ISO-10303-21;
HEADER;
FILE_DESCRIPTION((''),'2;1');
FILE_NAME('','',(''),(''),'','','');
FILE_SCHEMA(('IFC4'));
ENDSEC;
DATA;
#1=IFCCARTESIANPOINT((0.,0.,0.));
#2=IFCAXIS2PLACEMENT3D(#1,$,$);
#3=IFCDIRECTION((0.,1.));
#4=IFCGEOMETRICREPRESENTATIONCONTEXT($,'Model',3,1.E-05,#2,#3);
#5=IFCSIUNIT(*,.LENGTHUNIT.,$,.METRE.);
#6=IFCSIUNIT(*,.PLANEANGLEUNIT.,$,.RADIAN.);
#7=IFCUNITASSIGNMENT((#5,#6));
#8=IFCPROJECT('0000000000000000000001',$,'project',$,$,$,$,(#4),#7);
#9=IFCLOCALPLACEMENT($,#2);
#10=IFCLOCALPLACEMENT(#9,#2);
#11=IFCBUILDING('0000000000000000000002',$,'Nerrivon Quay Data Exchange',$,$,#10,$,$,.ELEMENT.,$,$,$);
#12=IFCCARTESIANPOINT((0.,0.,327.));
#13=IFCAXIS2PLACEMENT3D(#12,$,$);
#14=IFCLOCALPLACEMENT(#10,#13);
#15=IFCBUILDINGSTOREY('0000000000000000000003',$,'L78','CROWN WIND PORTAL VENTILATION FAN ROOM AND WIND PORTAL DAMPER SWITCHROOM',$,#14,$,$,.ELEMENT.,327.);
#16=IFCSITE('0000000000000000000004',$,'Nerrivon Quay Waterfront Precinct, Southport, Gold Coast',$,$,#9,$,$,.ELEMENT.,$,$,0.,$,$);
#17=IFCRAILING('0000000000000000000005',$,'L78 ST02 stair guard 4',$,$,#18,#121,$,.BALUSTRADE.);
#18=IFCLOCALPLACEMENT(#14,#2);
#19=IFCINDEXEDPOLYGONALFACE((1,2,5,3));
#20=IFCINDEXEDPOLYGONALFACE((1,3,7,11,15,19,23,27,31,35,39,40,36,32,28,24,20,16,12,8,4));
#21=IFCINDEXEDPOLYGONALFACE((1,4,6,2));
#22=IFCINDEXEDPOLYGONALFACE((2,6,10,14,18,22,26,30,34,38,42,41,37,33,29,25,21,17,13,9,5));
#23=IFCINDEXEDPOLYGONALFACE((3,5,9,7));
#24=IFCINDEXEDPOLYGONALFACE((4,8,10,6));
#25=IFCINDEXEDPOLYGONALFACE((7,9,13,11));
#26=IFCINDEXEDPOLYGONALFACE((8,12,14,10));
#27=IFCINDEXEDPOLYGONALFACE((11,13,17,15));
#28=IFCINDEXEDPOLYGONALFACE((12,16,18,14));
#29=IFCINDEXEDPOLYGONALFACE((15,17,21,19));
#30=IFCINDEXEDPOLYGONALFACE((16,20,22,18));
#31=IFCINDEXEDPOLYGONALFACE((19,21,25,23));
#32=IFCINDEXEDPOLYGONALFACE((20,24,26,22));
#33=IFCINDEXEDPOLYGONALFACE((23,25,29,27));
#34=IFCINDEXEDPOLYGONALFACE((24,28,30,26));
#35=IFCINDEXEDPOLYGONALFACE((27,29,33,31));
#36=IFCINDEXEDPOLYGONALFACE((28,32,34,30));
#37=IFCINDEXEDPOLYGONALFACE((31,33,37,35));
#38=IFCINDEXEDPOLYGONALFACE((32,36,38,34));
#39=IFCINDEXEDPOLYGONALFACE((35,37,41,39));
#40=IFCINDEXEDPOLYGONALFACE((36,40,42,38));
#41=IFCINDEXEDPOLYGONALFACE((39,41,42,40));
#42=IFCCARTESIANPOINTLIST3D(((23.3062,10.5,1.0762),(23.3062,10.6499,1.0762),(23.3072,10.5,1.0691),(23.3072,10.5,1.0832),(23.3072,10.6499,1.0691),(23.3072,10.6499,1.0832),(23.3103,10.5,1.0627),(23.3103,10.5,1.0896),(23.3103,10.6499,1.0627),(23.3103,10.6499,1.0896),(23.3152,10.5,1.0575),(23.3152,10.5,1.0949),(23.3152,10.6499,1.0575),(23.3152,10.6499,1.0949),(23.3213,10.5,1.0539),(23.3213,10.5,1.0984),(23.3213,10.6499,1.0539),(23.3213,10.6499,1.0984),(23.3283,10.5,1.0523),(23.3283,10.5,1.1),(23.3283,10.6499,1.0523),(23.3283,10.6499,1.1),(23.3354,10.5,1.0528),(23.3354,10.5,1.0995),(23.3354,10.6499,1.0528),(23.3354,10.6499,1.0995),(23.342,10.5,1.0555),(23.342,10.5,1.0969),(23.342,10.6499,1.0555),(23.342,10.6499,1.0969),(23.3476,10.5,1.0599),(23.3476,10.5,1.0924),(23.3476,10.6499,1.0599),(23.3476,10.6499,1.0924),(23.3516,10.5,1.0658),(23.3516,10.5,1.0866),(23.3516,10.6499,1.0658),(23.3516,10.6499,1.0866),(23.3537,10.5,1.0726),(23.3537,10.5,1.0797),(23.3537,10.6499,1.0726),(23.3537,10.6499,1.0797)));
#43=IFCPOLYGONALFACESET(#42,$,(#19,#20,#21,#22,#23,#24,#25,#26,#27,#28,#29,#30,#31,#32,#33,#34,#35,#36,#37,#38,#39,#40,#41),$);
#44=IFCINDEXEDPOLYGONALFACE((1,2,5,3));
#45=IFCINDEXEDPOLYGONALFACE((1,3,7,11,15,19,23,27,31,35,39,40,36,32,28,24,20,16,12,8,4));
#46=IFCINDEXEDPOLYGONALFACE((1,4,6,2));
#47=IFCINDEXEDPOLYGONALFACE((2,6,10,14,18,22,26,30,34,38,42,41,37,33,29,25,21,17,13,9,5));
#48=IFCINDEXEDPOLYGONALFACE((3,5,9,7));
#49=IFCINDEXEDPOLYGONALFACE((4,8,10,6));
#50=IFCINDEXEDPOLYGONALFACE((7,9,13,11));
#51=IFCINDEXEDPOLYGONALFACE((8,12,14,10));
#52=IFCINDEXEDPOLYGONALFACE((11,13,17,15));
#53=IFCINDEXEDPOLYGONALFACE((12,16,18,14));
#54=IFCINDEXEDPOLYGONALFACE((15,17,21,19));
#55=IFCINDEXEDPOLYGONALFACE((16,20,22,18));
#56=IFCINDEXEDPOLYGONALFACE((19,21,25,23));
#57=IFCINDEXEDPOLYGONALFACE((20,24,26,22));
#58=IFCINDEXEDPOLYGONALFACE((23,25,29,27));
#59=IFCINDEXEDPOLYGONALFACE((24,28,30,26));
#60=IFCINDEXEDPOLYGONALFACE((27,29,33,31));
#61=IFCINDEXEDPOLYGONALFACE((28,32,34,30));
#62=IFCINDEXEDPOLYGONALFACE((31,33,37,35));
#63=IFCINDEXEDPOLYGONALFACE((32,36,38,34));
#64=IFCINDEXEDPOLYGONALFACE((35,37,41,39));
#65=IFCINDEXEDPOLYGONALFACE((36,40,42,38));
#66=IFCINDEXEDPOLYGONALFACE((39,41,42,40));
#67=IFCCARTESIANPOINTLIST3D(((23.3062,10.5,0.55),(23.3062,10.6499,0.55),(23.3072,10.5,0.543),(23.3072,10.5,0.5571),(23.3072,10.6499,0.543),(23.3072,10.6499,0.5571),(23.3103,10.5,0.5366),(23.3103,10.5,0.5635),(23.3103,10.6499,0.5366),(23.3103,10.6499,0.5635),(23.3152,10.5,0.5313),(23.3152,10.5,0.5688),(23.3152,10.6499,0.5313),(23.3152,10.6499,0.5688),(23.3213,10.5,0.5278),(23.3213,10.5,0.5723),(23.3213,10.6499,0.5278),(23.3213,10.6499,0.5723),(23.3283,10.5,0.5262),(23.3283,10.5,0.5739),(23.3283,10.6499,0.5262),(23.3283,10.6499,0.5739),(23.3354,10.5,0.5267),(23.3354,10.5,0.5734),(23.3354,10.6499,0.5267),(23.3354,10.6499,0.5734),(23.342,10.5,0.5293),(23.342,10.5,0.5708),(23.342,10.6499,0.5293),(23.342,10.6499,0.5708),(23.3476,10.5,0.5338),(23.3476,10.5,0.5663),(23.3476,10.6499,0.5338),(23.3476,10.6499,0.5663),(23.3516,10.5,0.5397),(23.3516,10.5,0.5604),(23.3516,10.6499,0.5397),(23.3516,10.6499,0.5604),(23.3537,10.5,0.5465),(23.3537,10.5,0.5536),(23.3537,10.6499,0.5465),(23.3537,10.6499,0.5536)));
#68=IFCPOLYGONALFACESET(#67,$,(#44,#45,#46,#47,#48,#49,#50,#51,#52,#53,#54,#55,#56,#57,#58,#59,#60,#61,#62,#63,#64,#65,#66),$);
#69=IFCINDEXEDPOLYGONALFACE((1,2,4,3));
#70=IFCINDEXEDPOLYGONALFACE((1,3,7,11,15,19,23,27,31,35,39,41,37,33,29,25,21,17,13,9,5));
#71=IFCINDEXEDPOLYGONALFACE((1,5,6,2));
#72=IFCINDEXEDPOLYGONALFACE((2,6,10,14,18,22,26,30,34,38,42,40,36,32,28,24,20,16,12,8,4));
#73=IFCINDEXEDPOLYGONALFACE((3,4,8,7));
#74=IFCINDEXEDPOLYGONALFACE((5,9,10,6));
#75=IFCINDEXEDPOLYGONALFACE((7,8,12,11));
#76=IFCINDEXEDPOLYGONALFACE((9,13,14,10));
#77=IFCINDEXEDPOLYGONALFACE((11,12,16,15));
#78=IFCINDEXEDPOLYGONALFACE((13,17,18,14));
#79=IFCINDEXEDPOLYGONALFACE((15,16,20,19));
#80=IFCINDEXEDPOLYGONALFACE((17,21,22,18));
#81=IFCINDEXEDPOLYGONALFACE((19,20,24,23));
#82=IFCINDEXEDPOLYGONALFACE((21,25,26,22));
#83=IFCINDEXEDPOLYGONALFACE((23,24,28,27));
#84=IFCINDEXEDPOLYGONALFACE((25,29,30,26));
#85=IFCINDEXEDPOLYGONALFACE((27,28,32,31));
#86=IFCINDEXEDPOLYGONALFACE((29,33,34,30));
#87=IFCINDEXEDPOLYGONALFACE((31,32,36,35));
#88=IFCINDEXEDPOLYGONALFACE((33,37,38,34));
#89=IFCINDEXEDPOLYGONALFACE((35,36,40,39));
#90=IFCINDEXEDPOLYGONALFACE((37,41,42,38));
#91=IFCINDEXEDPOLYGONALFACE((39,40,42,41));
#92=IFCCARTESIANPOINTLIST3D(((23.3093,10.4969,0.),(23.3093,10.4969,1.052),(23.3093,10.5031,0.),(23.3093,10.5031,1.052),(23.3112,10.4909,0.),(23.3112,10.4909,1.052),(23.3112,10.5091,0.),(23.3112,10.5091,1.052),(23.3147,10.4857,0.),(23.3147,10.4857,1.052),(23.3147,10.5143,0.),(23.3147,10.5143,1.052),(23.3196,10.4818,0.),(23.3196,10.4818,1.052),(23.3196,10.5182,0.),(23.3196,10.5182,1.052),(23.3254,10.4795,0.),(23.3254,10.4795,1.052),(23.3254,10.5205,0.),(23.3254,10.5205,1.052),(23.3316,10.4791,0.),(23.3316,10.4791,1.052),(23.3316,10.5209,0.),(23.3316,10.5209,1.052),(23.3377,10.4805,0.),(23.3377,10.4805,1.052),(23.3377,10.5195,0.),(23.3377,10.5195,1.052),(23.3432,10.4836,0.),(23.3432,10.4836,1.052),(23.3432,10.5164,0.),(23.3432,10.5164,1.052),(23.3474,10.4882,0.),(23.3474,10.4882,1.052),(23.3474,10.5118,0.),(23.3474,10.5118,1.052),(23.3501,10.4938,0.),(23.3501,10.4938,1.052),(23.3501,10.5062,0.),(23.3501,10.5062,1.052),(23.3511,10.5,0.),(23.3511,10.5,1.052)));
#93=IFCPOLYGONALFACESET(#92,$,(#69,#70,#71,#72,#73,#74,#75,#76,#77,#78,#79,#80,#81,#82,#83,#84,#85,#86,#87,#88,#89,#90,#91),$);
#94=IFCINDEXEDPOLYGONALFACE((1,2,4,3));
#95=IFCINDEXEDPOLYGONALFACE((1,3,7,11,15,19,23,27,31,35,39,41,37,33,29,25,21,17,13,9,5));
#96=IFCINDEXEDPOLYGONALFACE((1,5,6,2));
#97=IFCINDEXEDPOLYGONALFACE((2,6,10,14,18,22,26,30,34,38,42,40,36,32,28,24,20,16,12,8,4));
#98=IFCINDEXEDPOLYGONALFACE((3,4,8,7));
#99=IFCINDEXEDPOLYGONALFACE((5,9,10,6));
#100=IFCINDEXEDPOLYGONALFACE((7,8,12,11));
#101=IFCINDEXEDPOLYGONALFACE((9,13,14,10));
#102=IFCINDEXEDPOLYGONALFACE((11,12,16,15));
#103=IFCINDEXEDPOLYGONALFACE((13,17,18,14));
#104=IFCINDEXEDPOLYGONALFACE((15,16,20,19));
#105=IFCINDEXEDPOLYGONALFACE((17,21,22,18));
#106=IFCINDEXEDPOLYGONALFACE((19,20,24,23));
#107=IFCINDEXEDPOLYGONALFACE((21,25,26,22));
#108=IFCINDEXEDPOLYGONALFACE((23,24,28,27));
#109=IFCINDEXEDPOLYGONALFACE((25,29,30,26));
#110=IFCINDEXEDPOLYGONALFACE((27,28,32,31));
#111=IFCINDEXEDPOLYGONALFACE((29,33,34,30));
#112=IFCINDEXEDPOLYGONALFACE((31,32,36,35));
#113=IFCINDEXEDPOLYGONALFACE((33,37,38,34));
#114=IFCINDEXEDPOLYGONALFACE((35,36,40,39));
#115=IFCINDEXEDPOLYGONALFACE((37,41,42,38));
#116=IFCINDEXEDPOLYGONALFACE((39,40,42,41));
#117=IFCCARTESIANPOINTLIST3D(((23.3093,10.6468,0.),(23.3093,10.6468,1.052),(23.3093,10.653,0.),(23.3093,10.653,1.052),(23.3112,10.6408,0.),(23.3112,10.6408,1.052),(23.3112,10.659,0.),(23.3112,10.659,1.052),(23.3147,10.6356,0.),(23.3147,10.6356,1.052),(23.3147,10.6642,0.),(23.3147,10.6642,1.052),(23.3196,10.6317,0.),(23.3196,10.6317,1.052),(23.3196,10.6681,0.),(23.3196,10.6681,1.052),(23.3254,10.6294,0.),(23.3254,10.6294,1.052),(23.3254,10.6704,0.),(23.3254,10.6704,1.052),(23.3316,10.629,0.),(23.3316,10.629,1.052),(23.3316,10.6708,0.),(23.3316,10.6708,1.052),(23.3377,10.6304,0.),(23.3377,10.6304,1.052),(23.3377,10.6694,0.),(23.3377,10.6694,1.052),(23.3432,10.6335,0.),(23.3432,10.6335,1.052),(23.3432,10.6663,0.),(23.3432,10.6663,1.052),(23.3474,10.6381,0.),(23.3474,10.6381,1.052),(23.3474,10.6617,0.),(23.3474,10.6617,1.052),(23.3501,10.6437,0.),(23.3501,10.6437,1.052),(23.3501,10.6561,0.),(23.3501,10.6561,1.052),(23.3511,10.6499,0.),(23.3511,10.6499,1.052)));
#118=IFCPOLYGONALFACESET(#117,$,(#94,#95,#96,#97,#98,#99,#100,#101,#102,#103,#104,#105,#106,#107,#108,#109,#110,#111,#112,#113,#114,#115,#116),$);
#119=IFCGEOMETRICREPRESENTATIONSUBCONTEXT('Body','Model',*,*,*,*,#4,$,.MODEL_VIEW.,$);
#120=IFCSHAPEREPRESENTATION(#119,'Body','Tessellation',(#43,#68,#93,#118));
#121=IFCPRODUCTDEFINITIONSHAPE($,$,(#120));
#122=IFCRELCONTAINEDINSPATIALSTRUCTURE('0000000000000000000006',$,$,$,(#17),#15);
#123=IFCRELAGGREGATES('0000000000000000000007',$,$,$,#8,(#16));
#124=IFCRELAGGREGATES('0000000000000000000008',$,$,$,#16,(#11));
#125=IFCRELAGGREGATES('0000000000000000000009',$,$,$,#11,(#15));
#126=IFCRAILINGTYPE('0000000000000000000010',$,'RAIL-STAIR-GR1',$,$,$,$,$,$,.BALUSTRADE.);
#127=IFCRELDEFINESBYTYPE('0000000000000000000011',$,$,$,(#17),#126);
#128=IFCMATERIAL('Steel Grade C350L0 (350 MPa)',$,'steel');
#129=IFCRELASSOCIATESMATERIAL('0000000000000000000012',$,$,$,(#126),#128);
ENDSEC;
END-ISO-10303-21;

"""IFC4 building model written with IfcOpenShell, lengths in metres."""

from ifc_helpers import new_model, si_unit, direction, frame, origin, origin_2d, place, context, subcontext, project, spatial, circle, extrude, material, type_object, element, save


model = new_model("IFC4")

# Units and contexts
model_context = context("Model", 3, precision=1e-05, world=origin(), true_north=direction((0.0, 1.0)))
body_context = subcontext(model_context, "Body", "Model", "MODEL_VIEW")
ifc_project = project(units=[si_unit("LENGTHUNIT", "METRE"), si_unit("PLANEANGLEUNIT", "RADIAN")], contexts=[model_context])

# Site, building, storey
site_placement = place(None, origin())
site = spatial("IfcSite", under=ifc_project, at=site_placement, Name="Nerrivon Quay Waterfront Precinct, Southport, Gold Coast", CompositionType="ELEMENT", RefElevation=0.0)
building_placement = place(site_placement, origin())
building = spatial("IfcBuilding", under=site, at=building_placement, Name="Nerrivon Quay Data Exchange", CompositionType="ELEMENT")
storey_placement = place(building_placement, frame((0.0, 0.0, 327.0)))
storey = spatial("IfcBuildingStorey", under=building, at=storey_placement, Name="L78", Description="CROWN WIND PORTAL VENTILATION FAN ROOM AND WIND PORTAL DAMPER SWITCHROOM", CompositionType="ELEMENT", Elevation=327.0)

# Shared definitions
ifc_material_1 = material(Name="Steel Grade C350L0 (350 MPa)", Category="steel")

# Railing
railing_type_1 = type_object("IfcRailingType", Name="RAIL-STAIR-GR1", PredefinedType="BALUSTRADE", material=ifc_material_1)
railing_1_placement = place(storey_placement, frame((23.3301, 10.5, 0.0)))
element("IfcRailing", 1, at=railing_1_placement, inside=storey, type_object=railing_type_1, Name="L78 ST02 stair guard 4", PredefinedType="BALUSTRADE", context=body_context, shape_type="SweptSolid", body=[
    extrude(circle(Radius=0.0239, at=origin_2d()), frame((0.0, 0.0, 1.0762), z_axis=(0.0, 1.0, 0.0), x_axis=(-1.0, 0.0, 0.0)), (0.0, 0.0, 1.0), 0.1499),
    extrude(circle(Radius=0.0239, at=origin_2d()), frame((0.0, 0.0, 0.55), z_axis=(0.0, 1.0, 0.0), x_axis=(-1.0, 0.0, 0.0)), (0.0, 0.0, 1.0), 0.1499),
    extrude(circle(Radius=0.021, at=origin_2d()), origin(), (0.0, 0.0, 1.0), 1.052),
    extrude(circle(Radius=0.021, at=origin_2d()), frame((0.0, 0.1499, 0.0)), (0.0, 0.0, 1.0), 1.052),
])

save(model, "model.ifc")
